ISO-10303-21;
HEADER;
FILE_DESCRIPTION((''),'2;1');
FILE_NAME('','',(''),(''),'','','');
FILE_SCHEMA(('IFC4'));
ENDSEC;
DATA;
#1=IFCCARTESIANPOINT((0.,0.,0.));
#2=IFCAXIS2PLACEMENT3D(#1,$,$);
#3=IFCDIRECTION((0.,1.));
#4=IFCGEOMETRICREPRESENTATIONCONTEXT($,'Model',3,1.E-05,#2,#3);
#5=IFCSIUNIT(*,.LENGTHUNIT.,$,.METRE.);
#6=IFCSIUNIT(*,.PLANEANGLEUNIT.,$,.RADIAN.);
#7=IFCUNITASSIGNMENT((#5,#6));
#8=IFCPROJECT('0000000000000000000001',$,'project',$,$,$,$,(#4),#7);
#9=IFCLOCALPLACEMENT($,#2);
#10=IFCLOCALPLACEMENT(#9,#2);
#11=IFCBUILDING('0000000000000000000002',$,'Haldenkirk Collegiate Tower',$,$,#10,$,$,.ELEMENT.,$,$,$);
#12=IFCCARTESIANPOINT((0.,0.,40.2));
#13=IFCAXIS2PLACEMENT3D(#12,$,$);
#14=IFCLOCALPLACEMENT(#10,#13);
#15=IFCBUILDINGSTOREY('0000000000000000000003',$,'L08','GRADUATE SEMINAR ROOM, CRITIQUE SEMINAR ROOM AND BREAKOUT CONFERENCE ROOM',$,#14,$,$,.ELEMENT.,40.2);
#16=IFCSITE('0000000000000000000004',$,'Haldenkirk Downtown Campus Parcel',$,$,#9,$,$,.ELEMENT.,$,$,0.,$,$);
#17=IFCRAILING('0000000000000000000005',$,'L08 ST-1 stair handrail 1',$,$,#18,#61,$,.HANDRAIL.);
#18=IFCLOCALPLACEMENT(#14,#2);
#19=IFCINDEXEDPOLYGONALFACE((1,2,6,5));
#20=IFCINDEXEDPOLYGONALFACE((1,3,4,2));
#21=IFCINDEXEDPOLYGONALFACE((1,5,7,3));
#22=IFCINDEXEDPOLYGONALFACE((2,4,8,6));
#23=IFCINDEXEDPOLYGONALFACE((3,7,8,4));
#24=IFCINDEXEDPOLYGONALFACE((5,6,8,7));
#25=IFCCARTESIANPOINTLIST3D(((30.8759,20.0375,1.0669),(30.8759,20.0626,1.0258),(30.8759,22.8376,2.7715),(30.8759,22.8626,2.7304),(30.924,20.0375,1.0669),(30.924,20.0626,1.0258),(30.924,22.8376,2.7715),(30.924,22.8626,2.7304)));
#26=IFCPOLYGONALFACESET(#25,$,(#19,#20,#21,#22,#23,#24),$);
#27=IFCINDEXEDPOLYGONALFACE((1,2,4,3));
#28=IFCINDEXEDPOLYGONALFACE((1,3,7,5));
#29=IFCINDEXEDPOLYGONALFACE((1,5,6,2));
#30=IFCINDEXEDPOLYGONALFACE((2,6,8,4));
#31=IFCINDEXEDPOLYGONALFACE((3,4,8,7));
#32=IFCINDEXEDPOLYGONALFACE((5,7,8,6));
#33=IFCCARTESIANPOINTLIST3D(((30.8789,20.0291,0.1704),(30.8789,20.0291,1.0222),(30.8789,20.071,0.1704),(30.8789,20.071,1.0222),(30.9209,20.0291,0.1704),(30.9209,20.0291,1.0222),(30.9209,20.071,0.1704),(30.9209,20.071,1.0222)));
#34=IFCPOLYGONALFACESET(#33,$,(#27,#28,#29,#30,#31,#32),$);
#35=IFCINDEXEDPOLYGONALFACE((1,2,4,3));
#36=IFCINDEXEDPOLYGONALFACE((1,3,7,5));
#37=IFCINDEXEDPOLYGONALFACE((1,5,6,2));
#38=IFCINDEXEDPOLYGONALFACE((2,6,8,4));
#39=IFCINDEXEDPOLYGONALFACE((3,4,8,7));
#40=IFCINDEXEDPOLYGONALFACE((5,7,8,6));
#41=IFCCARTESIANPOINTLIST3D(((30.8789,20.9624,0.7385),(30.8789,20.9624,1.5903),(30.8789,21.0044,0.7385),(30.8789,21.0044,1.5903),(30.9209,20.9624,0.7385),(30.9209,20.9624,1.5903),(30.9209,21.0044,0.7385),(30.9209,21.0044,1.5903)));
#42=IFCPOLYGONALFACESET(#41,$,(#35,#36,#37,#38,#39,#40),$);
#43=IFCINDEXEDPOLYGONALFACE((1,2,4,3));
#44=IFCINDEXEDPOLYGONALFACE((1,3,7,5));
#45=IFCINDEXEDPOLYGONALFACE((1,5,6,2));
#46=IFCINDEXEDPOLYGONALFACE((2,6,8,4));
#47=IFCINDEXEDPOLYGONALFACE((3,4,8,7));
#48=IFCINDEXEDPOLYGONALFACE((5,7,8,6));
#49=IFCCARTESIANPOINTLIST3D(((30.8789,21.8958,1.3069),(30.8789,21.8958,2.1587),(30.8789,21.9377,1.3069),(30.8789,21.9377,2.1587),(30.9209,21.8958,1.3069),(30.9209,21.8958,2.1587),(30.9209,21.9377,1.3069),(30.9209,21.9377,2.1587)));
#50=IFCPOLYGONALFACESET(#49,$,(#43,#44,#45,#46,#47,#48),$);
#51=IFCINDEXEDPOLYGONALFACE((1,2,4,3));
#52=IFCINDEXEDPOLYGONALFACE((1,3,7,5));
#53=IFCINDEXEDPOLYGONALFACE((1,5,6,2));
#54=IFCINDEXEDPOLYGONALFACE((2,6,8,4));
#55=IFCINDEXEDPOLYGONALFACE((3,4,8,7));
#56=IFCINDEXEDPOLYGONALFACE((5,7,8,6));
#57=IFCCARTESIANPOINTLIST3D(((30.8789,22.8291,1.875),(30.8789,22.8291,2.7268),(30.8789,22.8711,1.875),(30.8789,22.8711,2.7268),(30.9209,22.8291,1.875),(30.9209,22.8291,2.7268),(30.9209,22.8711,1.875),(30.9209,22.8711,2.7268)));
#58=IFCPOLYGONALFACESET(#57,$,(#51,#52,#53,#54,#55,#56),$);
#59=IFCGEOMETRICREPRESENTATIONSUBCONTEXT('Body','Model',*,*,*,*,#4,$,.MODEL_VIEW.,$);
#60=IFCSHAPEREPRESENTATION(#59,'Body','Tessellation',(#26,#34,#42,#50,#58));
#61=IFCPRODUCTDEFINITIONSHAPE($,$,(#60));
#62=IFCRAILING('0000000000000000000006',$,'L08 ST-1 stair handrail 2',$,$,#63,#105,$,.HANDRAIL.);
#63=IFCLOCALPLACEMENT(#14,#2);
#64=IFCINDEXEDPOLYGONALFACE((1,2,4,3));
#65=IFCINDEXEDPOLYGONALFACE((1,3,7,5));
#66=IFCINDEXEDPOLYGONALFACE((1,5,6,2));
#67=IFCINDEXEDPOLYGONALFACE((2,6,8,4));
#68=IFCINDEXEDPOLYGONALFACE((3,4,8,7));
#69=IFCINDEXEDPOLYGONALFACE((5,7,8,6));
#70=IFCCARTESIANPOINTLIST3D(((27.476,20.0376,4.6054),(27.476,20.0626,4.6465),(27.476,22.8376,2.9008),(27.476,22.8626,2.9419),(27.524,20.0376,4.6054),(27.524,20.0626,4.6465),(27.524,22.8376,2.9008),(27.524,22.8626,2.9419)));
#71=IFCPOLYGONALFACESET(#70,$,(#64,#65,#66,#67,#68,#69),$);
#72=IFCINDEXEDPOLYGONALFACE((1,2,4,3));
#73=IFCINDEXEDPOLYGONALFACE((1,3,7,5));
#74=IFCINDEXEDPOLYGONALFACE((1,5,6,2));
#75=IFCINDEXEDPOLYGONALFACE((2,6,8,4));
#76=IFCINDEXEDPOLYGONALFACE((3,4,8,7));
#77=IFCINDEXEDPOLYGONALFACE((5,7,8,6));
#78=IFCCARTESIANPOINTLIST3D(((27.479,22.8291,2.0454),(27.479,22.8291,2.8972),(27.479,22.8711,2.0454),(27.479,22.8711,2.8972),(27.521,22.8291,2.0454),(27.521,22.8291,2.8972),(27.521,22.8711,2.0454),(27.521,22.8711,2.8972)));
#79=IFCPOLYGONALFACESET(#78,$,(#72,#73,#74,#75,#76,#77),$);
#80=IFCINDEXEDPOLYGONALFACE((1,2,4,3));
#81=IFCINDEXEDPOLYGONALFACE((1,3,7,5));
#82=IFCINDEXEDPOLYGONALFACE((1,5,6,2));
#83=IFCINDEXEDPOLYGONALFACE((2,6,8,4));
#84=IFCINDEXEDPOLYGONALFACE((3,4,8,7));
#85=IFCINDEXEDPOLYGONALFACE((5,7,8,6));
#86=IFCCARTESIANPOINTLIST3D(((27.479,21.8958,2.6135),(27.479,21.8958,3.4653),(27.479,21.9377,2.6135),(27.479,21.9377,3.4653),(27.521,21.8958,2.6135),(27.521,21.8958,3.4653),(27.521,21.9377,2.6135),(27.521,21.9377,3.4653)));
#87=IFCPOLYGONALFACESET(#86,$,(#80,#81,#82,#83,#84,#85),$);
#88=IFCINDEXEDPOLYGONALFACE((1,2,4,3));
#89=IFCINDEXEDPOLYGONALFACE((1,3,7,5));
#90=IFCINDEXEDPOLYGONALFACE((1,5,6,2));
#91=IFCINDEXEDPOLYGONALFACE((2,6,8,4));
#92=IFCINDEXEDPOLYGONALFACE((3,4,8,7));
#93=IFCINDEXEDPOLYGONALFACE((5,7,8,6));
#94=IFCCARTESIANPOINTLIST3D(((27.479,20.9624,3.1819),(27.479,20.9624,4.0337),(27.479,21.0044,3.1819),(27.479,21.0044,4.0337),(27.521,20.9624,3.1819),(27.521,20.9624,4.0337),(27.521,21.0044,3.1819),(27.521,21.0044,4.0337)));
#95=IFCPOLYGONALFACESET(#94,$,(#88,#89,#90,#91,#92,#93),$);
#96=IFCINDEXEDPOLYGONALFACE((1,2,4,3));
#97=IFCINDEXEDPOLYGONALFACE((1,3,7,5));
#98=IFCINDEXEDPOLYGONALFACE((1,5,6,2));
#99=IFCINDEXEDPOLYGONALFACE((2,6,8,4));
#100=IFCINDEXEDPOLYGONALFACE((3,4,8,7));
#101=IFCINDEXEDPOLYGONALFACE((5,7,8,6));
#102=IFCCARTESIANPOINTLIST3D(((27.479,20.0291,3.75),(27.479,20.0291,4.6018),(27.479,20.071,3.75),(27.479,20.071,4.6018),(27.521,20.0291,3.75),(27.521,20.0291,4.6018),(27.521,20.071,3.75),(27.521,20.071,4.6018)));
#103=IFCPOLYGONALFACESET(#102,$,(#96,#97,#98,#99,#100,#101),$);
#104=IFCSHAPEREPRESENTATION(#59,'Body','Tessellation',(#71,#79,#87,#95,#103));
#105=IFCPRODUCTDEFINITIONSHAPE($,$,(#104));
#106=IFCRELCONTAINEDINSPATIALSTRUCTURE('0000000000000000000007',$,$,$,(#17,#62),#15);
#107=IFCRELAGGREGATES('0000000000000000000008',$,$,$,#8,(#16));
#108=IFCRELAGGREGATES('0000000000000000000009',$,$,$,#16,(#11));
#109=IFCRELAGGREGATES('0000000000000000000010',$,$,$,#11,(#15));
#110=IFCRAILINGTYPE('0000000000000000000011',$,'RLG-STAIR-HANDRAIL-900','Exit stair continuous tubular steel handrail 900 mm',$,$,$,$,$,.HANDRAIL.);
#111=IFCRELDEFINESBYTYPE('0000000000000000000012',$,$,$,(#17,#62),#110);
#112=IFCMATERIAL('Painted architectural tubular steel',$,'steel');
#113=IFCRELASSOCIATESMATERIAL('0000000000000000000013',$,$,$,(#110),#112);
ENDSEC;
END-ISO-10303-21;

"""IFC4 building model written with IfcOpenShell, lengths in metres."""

from ifc_helpers import new_model, si_unit, direction, frame, origin, origin_2d, place, context, subcontext, project, spatial, rectangle, extrude, material, type_object, element, save


model = new_model("IFC4")

# Units and contexts
model_context = context("Model", 3, precision=1e-05, world=origin(), true_north=direction((0.0, 1.0)))
body_context = subcontext(model_context, "Body", "Model", "MODEL_VIEW")
ifc_project = project(units=[si_unit("LENGTHUNIT", "METRE"), si_unit("PLANEANGLEUNIT", "RADIAN")], contexts=[model_context])

# Site, building, storey
site_placement = place(None, origin())
site = spatial("IfcSite", under=ifc_project, at=site_placement, Name="Haldenkirk Downtown Campus Parcel", CompositionType="ELEMENT", RefElevation=0.0)
building_placement = place(site_placement, origin())
building = spatial("IfcBuilding", under=site, at=building_placement, Name="Haldenkirk Collegiate Tower", CompositionType="ELEMENT")
storey_placement = place(building_placement, frame((0.0, 0.0, 40.2)))
storey = spatial("IfcBuildingStorey", under=building, at=storey_placement, Name="L08", Description="GRADUATE SEMINAR ROOM, CRITIQUE SEMINAR ROOM AND BREAKOUT CONFERENCE ROOM", CompositionType="ELEMENT", Elevation=40.2)

# Railings
ifc_material_1 = material(Name="Painted architectural tubular steel", Category="steel")
railing_type_1 = type_object("IfcRailingType", Name="RLG-STAIR-HANDRAIL-900", Description="Exit stair continuous tubular steel handrail 900 mm", PredefinedType="HANDRAIL", material=ifc_material_1)
railing_1_placement = place(storey_placement, frame((30.8999, 20.05, 0.1704)))
element("IfcRailing", 1, at=railing_1_placement, inside=storey, type_object=railing_type_1, Name="L08 ST-1 stair handrail 1", PredefinedType="HANDRAIL", context=body_context, shape_type="SweptSolid", body=[
    extrude(rectangle(XDim=0.0481, YDim=0.0481, at=origin_2d()), frame((0.0, 0.0, 0.876), z_axis=(0.0, 0.85417, 0.519994), x_axis=(-1.0, 0.0, 0.0)), (0.0, 0.0, 1.0), 3.2781),
    extrude(rectangle(XDim=0.042, YDim=0.042, at=origin_2d()), origin(), (0.0, 0.0, 1.0), 0.8518),
    extrude(rectangle(XDim=0.042, YDim=0.042, at=origin_2d()), frame((0.0, 0.9333, 0.5681)), (0.0, 0.0, 1.0), 0.8518),
    extrude(rectangle(XDim=0.042, YDim=0.042, at=origin_2d()), frame((0.0, 1.8667, 1.1365)), (0.0, 0.0, 1.0), 0.8518),
    extrude(rectangle(XDim=0.042, YDim=0.042, at=origin_2d()), frame((0.0, 2.8, 1.7046)), (0.0, 0.0, 1.0), 0.8518),
])
railing_2_placement = place(storey_placement, frame((27.5, 22.8501, 2.0454)))
element("IfcRailing", 2, at=railing_2_placement, inside=storey, type_object=railing_type_1, Name="L08 ST-1 stair handrail 2", PredefinedType="HANDRAIL", context=body_context, shape_type="SweptSolid", body=[
    extrude(rectangle(XDim=0.0481, YDim=0.0481, at=origin_2d()), frame((0.0, 0.0, 0.876), z_axis=(0.0, -0.85417, 0.519994), x_axis=(1.0, 0.0, 0.0)), (0.0, 0.0, 1.0), 3.2781),
    extrude(rectangle(XDim=0.042, YDim=0.042, at=origin_2d()), origin(), (0.0, 0.0, 1.0), 0.8518),
    extrude(rectangle(XDim=0.042, YDim=0.042, at=origin_2d()), frame((0.0, -0.9333, 0.5681)), (0.0, 0.0, 1.0), 0.8518),
    extrude(rectangle(XDim=0.042, YDim=0.042, at=origin_2d()), frame((0.0, -1.8667, 1.1365)), (0.0, 0.0, 1.0), 0.8518),
    extrude(rectangle(XDim=0.042, YDim=0.042, at=origin_2d()), frame((0.0, -2.8, 1.7046)), (0.0, 0.0, 1.0), 0.8518),
])

save(model, "model.ifc")
